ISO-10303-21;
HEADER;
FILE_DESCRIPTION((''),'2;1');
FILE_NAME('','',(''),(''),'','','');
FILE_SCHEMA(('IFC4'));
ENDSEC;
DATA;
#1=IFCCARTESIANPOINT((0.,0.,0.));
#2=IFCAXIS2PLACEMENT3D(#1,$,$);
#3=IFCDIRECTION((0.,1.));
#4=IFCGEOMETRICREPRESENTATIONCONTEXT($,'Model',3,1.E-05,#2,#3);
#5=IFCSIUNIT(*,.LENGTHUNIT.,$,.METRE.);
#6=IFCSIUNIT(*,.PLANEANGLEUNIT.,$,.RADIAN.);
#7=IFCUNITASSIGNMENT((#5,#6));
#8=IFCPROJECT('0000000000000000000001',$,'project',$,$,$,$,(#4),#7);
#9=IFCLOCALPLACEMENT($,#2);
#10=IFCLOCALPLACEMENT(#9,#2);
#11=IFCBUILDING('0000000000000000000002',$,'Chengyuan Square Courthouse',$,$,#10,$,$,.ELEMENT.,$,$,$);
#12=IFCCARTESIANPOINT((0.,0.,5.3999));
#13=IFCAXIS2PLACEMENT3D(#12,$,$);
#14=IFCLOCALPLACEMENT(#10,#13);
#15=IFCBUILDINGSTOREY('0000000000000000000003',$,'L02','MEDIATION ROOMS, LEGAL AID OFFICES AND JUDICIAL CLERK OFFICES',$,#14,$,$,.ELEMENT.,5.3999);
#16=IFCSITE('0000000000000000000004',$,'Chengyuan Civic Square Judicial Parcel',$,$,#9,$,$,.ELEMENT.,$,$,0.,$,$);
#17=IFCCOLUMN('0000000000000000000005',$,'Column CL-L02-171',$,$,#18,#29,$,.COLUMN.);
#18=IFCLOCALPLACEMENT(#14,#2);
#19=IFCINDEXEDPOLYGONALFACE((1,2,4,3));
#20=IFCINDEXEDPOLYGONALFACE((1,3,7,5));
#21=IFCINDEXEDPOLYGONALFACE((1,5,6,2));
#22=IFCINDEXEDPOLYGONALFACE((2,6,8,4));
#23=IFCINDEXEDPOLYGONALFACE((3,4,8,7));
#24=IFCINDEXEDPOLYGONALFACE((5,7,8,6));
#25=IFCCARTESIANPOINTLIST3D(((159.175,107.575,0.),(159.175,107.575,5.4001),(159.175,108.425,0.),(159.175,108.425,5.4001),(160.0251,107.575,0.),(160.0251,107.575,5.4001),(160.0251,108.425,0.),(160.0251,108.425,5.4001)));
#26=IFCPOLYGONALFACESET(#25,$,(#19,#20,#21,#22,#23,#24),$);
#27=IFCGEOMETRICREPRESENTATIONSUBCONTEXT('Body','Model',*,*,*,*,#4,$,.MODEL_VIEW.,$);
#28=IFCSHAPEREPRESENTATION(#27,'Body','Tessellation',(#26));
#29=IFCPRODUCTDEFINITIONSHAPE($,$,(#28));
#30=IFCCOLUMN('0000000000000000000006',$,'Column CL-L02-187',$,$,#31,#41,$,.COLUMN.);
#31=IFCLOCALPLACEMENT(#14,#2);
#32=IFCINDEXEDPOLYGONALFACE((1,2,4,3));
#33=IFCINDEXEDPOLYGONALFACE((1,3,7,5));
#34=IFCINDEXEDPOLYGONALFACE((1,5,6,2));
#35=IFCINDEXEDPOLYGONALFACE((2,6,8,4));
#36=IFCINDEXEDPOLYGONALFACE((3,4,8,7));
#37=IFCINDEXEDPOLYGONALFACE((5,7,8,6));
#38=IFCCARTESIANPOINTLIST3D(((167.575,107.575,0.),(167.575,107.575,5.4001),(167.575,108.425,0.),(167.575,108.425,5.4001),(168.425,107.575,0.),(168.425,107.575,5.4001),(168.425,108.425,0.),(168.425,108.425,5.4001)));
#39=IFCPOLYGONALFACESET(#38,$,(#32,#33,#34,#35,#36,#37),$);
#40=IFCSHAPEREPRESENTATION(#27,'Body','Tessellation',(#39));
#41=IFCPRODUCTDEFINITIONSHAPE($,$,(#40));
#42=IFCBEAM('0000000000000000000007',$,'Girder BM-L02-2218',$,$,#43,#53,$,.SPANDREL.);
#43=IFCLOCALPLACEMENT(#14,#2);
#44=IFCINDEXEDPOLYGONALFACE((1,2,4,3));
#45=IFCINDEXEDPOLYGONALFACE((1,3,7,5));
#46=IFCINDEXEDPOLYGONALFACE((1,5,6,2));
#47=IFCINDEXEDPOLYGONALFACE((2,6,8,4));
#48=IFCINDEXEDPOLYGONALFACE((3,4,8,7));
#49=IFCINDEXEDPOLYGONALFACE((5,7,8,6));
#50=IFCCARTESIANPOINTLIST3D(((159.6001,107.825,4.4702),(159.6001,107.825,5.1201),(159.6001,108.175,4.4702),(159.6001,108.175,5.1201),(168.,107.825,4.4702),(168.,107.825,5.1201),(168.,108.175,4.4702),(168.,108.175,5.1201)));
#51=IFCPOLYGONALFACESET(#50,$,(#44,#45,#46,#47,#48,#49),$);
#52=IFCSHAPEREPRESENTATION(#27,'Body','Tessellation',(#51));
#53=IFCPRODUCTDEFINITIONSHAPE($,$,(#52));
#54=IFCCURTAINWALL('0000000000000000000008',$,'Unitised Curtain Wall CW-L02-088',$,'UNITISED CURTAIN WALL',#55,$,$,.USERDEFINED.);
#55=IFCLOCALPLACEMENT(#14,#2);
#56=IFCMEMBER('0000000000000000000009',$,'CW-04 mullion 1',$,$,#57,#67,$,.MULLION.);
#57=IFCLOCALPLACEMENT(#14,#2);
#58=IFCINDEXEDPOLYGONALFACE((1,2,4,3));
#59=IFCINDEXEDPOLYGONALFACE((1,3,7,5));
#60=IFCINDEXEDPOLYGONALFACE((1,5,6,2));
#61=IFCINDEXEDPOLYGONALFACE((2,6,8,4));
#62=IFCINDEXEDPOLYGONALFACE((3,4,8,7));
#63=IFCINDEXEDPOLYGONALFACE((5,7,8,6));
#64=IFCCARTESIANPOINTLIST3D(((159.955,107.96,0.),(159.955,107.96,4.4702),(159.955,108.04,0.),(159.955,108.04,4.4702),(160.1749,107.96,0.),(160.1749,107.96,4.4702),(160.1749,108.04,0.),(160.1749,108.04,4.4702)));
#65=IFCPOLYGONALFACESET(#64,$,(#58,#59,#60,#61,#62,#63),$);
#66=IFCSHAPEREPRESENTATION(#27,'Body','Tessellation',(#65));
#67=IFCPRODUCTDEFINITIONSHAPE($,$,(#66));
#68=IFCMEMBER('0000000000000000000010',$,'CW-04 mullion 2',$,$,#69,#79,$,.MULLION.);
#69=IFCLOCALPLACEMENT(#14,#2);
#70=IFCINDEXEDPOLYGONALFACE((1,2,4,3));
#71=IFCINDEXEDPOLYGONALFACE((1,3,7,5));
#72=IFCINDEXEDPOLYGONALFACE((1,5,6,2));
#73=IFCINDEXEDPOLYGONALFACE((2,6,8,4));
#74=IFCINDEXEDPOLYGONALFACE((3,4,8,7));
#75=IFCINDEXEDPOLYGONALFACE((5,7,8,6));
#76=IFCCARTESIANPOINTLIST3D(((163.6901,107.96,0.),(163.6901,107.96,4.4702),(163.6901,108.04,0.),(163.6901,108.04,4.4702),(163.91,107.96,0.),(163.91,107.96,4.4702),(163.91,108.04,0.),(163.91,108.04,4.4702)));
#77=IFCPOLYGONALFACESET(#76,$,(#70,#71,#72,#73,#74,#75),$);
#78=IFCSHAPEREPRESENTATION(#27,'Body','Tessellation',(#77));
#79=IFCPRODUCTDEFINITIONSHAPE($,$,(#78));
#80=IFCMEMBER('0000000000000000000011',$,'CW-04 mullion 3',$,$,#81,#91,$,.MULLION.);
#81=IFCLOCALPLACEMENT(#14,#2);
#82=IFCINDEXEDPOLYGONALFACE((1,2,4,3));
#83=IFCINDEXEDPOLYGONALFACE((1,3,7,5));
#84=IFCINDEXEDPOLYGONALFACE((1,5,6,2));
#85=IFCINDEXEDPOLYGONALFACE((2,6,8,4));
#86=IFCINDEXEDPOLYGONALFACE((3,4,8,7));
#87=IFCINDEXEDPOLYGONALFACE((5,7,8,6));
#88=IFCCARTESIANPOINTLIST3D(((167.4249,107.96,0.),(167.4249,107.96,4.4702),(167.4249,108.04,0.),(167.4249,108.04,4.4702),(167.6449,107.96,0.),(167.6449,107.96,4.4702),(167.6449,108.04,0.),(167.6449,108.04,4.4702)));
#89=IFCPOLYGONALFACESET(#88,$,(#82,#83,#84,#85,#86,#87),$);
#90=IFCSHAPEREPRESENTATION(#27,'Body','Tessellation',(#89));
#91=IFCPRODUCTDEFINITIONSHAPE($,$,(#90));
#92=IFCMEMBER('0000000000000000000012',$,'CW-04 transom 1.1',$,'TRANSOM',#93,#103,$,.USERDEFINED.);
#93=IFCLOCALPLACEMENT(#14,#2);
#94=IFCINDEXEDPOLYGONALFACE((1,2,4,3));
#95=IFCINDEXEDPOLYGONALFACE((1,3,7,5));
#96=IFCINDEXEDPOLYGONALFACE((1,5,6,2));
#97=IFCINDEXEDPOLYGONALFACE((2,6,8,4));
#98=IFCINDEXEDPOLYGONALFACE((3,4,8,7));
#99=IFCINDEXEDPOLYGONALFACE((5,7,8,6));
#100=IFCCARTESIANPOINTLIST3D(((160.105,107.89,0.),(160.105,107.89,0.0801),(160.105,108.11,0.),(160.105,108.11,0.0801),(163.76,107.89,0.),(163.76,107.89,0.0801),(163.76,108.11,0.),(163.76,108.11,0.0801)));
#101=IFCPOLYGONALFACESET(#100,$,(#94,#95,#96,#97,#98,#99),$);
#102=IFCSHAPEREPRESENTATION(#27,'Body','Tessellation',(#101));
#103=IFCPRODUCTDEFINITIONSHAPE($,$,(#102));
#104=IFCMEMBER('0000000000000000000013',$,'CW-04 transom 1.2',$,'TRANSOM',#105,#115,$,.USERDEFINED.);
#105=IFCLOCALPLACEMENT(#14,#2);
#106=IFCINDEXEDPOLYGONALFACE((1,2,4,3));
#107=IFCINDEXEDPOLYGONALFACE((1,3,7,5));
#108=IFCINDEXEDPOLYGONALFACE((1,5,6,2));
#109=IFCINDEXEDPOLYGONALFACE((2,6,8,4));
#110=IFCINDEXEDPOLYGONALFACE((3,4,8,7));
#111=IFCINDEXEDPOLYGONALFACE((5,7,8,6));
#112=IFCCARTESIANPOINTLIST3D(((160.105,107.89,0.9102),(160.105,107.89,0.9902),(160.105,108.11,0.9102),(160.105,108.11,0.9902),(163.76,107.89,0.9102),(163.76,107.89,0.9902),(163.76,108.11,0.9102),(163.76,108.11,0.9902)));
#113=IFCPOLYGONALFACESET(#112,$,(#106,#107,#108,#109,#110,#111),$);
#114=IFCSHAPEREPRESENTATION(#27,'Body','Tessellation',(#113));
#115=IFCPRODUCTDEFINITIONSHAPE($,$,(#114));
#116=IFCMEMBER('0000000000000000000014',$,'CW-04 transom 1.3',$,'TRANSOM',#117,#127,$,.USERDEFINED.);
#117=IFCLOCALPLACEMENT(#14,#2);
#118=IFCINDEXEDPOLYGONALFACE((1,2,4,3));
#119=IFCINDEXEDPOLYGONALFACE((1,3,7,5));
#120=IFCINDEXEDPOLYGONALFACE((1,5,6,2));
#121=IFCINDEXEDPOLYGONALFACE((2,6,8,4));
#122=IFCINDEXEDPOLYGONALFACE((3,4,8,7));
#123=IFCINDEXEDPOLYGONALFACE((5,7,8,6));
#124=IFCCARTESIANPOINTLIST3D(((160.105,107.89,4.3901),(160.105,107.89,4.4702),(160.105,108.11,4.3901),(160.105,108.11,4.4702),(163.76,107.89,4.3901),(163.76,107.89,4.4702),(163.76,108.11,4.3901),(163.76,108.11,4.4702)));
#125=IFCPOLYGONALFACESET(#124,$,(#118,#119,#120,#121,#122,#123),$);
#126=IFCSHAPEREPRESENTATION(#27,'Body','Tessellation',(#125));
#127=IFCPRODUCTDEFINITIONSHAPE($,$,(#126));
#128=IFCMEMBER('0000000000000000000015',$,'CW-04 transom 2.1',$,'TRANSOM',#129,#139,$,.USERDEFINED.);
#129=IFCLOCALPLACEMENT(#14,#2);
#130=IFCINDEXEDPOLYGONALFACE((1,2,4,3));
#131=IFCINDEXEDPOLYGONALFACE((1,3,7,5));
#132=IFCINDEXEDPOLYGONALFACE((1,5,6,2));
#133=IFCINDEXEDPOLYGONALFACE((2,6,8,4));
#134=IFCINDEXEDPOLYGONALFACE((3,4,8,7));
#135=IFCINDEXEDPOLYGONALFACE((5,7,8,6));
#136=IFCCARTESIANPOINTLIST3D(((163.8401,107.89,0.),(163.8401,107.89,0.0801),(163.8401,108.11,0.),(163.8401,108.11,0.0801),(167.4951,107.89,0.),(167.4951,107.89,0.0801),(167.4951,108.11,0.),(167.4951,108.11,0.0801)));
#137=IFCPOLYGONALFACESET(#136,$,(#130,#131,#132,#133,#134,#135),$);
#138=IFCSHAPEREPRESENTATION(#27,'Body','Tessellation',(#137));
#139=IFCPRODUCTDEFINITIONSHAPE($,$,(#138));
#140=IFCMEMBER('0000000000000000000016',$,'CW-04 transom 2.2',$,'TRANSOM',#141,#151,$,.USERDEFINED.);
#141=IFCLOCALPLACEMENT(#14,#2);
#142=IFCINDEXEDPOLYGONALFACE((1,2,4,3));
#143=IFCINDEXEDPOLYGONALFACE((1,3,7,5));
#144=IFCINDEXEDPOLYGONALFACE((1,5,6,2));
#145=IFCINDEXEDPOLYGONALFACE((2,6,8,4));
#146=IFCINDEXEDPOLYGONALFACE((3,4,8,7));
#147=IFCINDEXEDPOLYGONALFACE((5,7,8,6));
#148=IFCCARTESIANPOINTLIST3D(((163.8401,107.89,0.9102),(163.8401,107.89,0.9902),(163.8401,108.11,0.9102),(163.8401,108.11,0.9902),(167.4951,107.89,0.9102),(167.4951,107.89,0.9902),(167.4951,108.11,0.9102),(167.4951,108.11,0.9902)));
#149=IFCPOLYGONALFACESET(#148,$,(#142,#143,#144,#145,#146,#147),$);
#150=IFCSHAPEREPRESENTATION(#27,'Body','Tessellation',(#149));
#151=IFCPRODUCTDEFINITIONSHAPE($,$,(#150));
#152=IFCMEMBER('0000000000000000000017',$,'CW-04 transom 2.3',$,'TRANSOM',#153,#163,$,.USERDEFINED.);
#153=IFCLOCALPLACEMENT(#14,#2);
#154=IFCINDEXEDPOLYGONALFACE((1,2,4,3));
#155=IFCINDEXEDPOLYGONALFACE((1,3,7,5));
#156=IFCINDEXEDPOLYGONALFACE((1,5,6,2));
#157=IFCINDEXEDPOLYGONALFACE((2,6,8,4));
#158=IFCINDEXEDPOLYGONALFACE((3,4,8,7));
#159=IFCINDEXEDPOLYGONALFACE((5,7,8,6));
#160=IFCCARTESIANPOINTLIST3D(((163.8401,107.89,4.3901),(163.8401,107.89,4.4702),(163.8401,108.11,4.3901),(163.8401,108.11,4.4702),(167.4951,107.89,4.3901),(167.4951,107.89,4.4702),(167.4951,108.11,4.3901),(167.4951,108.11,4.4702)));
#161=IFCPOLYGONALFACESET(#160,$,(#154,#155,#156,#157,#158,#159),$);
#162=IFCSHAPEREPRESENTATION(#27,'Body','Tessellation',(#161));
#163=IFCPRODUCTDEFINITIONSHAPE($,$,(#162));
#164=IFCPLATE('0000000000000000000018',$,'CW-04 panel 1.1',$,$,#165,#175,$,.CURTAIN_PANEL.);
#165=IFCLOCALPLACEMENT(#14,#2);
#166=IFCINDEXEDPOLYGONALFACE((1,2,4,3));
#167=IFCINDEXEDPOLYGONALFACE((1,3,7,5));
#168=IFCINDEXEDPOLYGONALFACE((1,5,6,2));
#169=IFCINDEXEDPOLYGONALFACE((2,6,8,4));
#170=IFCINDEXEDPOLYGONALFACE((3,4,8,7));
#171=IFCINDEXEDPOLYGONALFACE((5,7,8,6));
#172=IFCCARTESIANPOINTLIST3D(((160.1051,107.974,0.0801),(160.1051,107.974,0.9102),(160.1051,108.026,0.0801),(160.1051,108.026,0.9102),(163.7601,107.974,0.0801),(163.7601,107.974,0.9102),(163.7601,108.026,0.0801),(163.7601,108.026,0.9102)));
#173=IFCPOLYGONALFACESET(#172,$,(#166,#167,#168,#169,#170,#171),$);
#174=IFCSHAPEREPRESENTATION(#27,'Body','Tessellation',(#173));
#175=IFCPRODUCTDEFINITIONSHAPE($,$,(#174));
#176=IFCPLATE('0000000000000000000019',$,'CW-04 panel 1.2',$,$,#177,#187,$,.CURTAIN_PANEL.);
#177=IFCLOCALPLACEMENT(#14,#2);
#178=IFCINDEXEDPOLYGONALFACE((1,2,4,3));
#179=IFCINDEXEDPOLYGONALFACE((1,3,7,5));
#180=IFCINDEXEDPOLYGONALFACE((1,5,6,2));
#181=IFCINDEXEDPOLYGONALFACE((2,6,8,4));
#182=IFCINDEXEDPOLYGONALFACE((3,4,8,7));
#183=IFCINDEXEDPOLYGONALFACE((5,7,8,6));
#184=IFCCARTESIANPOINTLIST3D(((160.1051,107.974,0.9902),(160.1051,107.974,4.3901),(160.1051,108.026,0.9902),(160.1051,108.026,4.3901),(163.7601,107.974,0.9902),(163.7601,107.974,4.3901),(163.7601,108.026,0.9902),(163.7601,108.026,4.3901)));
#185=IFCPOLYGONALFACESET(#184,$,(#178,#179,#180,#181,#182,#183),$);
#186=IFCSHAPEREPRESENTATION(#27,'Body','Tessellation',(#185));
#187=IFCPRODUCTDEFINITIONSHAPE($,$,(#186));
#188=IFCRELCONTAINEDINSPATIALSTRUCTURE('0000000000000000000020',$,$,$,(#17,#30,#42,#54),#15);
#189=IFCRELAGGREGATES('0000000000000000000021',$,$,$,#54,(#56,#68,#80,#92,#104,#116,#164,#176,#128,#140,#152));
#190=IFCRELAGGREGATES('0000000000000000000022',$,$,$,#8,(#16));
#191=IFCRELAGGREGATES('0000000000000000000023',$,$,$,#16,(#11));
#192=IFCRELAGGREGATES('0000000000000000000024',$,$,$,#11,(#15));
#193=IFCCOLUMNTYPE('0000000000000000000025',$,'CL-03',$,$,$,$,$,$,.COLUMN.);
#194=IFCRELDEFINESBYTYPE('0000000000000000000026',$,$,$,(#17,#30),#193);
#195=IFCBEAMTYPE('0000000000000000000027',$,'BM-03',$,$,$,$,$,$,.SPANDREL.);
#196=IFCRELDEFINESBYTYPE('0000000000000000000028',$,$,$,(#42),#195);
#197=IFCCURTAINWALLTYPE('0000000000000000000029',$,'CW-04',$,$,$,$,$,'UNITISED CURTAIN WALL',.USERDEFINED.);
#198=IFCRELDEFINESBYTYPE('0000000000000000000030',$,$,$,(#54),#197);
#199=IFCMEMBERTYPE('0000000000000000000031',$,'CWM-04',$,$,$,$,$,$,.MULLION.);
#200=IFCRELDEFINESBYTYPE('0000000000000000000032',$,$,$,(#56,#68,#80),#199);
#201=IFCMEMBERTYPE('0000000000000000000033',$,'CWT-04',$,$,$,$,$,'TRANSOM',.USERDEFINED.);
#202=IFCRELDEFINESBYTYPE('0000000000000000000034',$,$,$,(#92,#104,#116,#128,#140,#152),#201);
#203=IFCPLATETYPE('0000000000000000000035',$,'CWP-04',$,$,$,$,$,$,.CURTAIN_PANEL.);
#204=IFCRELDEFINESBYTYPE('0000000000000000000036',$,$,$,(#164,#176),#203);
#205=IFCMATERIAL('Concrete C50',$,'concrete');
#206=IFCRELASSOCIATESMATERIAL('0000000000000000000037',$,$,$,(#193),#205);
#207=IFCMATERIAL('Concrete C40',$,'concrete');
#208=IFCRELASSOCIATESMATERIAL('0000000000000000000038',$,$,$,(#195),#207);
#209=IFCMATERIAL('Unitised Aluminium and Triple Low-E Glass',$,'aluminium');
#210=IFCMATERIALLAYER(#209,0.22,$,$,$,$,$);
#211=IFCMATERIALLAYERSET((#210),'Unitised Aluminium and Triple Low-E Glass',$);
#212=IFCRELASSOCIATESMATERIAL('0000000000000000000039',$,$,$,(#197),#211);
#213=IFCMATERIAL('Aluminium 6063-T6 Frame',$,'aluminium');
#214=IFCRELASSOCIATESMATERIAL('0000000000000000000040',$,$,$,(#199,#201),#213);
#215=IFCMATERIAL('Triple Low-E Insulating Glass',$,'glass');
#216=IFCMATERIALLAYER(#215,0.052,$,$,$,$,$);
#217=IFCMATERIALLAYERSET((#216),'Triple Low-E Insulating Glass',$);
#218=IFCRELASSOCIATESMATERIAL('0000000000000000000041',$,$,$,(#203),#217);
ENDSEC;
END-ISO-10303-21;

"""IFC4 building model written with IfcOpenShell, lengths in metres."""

from ifc_helpers import new_model, si_unit, direction, frame, origin, origin_2d, place, context, subcontext, project, spatial, rectangle, extrude, material, layer, layer_set, material_profile, profile_set, type_object, element, aggregate, save


model = new_model("IFC4")

# Units and contexts
model_context = context("Model", 3, precision=1e-05, world=origin(), true_north=direction((0.0, 1.0)))
body_context = subcontext(model_context, "Body", "Model", "MODEL_VIEW")
ifc_project = project(units=[si_unit("LENGTHUNIT", "METRE"), si_unit("PLANEANGLEUNIT", "RADIAN")], contexts=[model_context])

# Site, building, storey
site_placement = place(None, origin())
site = spatial("IfcSite", under=ifc_project, at=site_placement, Name="Chengyuan Civic Square Judicial Parcel", CompositionType="ELEMENT", RefElevation=0.0)
building_placement = place(site_placement, origin())
building = spatial("IfcBuilding", under=site, at=building_placement, Name="Chengyuan Square Courthouse", CompositionType="ELEMENT")
storey_placement = place(building_placement, frame((0.0, 0.0, 5.3999)))
storey = spatial("IfcBuildingStorey", under=building, at=storey_placement, Name="L02", Description="MEDIATION ROOMS, LEGAL AID OFFICES AND JUDICIAL CLERK OFFICES", CompositionType="ELEMENT", Elevation=5.3999)

# Columns
ifc_material_1 = material(Name="Concrete C50", Category="concrete")
ifc_material_profile_1 = material_profile(ifc_material_1, rectangle(XDim=0.8501, YDim=0.8501, at=origin_2d()), Name="RC-COL-850x850")
ifc_profile_set_1 = profile_set([ifc_material_profile_1], Name="Concrete C50")
column_type = type_object("IfcColumnType", Name="CL-03", PredefinedType="COLUMN", material=ifc_profile_set_1)
for number, where, z_axis, x_axis, name in (
    (1, (159.6001, 108.0, 0.0), (0.0, 0.0, 1.0), (1.0, 0.0, 0.0), "Column CL-L02-171"),
    (2, (168.0, 108.0, 0.0), (0.0, 0.0, 1.0), (1.0, 0.0, 0.0), "Column CL-L02-187"),
):
    element("IfcColumn", number, at=place(storey_placement, frame(where, z_axis=z_axis, x_axis=x_axis)), inside=storey, type_object=column_type, Name=name, PredefinedType="COLUMN", context=body_context, shape_type="SweptSolid", body=[
        extrude(rectangle(XDim=0.8501, YDim=0.8501, at=origin_2d()), origin(), (0.0, 0.0, 1.0), 5.4001),
    ])

# Beam
ifc_material_2 = material(Name="Concrete C40", Category="concrete")
ifc_material_profile_2 = material_profile(ifc_material_2, rectangle(XDim=0.3501, YDim=0.6499, at=origin_2d()), Name="RC-BM-350x650")
ifc_profile_set_2 = profile_set([ifc_material_profile_2], Name="Concrete C40")
beam_type = type_object("IfcBeamType", Name="BM-03", PredefinedType="SPANDREL", material=ifc_profile_set_2)
beam_placement = place(storey_placement, frame((159.6001, 108.0, 4.7952), z_axis=(1.0, 0.0, 0.0), x_axis=(0.0, 1.0, 0.0)))
element("IfcBeam", 3, at=beam_placement, inside=storey, type_object=beam_type, Name="Girder BM-L02-2218", PredefinedType="SPANDREL", context=body_context, shape_type="SweptSolid", body=[
    extrude(rectangle(XDim=0.3501, YDim=0.6499, at=origin_2d()), origin(), (0.0, 0.0, 1.0), 8.3999),
])

# Curtain wall, members, plates
ifc_material_3 = material(Name="Unitised Aluminium and Triple Low-E Glass", Category="aluminium")
ifc_layer_1 = layer(ifc_material_3, 0.22)
ifc_layer_set_1 = layer_set([ifc_layer_1], Name="Unitised Aluminium and Triple Low-E Glass")
curtain_wall_type = type_object("IfcCurtainWallType", Name="CW-04", ElementType="UNITISED CURTAIN WALL", PredefinedType="USERDEFINED", material=ifc_layer_set_1)
curtain_wall_placement = place(storey_placement, origin())
curtain_wall = element("IfcCurtainWall", 4, at=curtain_wall_placement, inside=storey, type_object=curtain_wall_type, Name="Unitised Curtain Wall CW-L02-088", ObjectType="UNITISED CURTAIN WALL", PredefinedType="USERDEFINED")
ifc_material_4 = material(Name="Aluminium 6063-T6 Frame", Category="aluminium")
ifc_material_profile_3 = material_profile(ifc_material_4, rectangle(XDim=0.0801, YDim=0.22, at=origin_2d()), Name="CW-MUL-80x220")
ifc_profile_set_3 = profile_set([ifc_material_profile_3], Name="Aluminium 6063-T6 Frame")
member_type_1 = type_object("IfcMemberType", Name="CWM-04", PredefinedType="MULLION", material=ifc_profile_set_3)
member_1_placement = place(storey_placement, frame((160.0649, 108.0, 0.0), z_axis=(0.0, 0.0, 1.0), x_axis=(0.0, 1.0, 0.0)))
member_1 = element("IfcMember", 5, at=member_1_placement, type_object=member_type_1, Name="CW-04 mullion 1", PredefinedType="MULLION", context=body_context, shape_type="SweptSolid", body=[
    extrude(rectangle(XDim=0.0801, YDim=0.22, at=origin_2d()), origin(), (0.0, 0.0, 1.0), 4.4702),
])
member_2_placement = place(storey_placement, frame((163.8, 108.0, 0.0), z_axis=(0.0, 0.0, 1.0), x_axis=(0.0, 1.0, 0.0)))
member_2 = element("IfcMember", 6, at=member_2_placement, type_object=member_type_1, Name="CW-04 mullion 2", PredefinedType="MULLION", context=body_context, shape_type="SweptSolid", body=[
    extrude(rectangle(XDim=0.0801, YDim=0.22, at=origin_2d()), origin(), (0.0, 0.0, 1.0), 4.4702),
])
member_3_placement = place(storey_placement, frame((167.5349, 108.0, 0.0), z_axis=(0.0, 0.0, 1.0), x_axis=(0.0, 1.0, 0.0)))
member_3 = element("IfcMember", 7, at=member_3_placement, type_object=member_type_1, Name="CW-04 mullion 3", PredefinedType="MULLION", context=body_context, shape_type="SweptSolid", body=[
    extrude(rectangle(XDim=0.0801, YDim=0.22, at=origin_2d()), origin(), (0.0, 0.0, 1.0), 4.4702),
])
ifc_material_profile_4 = material_profile(ifc_material_4, rectangle(XDim=0.22, YDim=0.0801, at=origin_2d()), Name="CW-TRN-80x180")
ifc_profile_set_4 = profile_set([ifc_material_profile_4], Name="Aluminium 6063-T6 Frame")
member_type_2 = type_object("IfcMemberType", Name="CWT-04", ElementType="TRANSOM", PredefinedType="USERDEFINED", material=ifc_profile_set_4)
member_4_placement = place(storey_placement, frame((160.105, 108.0, 0.04), z_axis=(1.0, 0.0, 0.0), x_axis=(0.0, 1.0, 0.0)))
member_4 = element("IfcMember", 8, at=member_4_placement, type_object=member_type_2, Name="CW-04 transom 1.1", ObjectType="TRANSOM", PredefinedType="USERDEFINED", context=body_context, shape_type="SweptSolid", body=[
    extrude(rectangle(XDim=0.22, YDim=0.0801, at=origin_2d()), origin(), (0.0, 0.0, 1.0), 3.655),
])
member_5_placement = place(storey_placement, frame((160.105, 108.0, 0.9502), z_axis=(1.0, 0.0, 0.0), x_axis=(0.0, 1.0, 0.0)))
member_5 = element("IfcMember", 9, at=member_5_placement, type_object=member_type_2, Name="CW-04 transom 1.2", ObjectType="TRANSOM", PredefinedType="USERDEFINED", context=body_context, shape_type="SweptSolid", body=[
    extrude(rectangle(XDim=0.22, YDim=0.0801, at=origin_2d()), origin(), (0.0, 0.0, 1.0), 3.655),
])
member_6_placement = place(storey_placement, frame((160.105, 108.0, 4.4302), z_axis=(1.0, 0.0, 0.0), x_axis=(0.0, 1.0, 0.0)))
member_6 = element("IfcMember", 10, at=member_6_placement, type_object=member_type_2, Name="CW-04 transom 1.3", ObjectType="TRANSOM", PredefinedType="USERDEFINED", context=body_context, shape_type="SweptSolid", body=[
    extrude(rectangle(XDim=0.22, YDim=0.0801, at=origin_2d()), origin(), (0.0, 0.0, 1.0), 3.655),
])
member_7_placement = place(storey_placement, frame((163.8401, 108.0, 0.04), z_axis=(1.0, 0.0, 0.0), x_axis=(0.0, 1.0, 0.0)))
member_7 = element("IfcMember", 11, at=member_7_placement, type_object=member_type_2, Name="CW-04 transom 2.1", ObjectType="TRANSOM", PredefinedType="USERDEFINED", context=body_context, shape_type="SweptSolid", body=[
    extrude(rectangle(XDim=0.22, YDim=0.0801, at=origin_2d()), origin(), (0.0, 0.0, 1.0), 3.655),
])
member_8_placement = place(storey_placement, frame((163.8401, 108.0, 0.9502), z_axis=(1.0, 0.0, 0.0), x_axis=(0.0, 1.0, 0.0)))
member_8 = element("IfcMember", 12, at=member_8_placement, type_object=member_type_2, Name="CW-04 transom 2.2", ObjectType="TRANSOM", PredefinedType="USERDEFINED", context=body_context, shape_type="SweptSolid", body=[
    extrude(rectangle(XDim=0.22, YDim=0.0801, at=origin_2d()), origin(), (0.0, 0.0, 1.0), 3.655),
])
member_9_placement = place(storey_placement, frame((163.8401, 108.0, 4.4302), z_axis=(1.0, 0.0, 0.0), x_axis=(0.0, 1.0, 0.0)))
member_9 = element("IfcMember", 13, at=member_9_placement, type_object=member_type_2, Name="CW-04 transom 2.3", ObjectType="TRANSOM", PredefinedType="USERDEFINED", context=body_context, shape_type="SweptSolid", body=[
    extrude(rectangle(XDim=0.22, YDim=0.0801, at=origin_2d()), origin(), (0.0, 0.0, 1.0), 3.655),
])
ifc_material_5 = material(Name="Triple Low-E Insulating Glass", Category="glass")
ifc_layer_2 = layer(ifc_material_5, 0.052)
ifc_layer_set_2 = layer_set([ifc_layer_2], Name="Triple Low-E Insulating Glass")
plate_type = type_object("IfcPlateType", Name="CWP-04", PredefinedType="CURTAIN_PANEL", material=ifc_layer_set_2)
plate_1_placement = place(storey_placement, frame((161.9326, 108.0, 0.0801), z_axis=(0.0, 0.0, 1.0), x_axis=(1.0, 0.0, 0.0)))
plate_1 = element("IfcPlate", 14, at=plate_1_placement, type_object=plate_type, Name="CW-04 panel 1.1", PredefinedType="CURTAIN_PANEL", context=body_context, shape_type="SweptSolid", body=[
    extrude(rectangle(XDim=3.655, YDim=0.052, at=origin_2d()), origin(), (0.0, 0.0, 1.0), 0.8301),
])
plate_2_placement = place(storey_placement, frame((161.9326, 108.0, 0.9902), z_axis=(0.0, 0.0, 1.0), x_axis=(1.0, 0.0, 0.0)))
plate_2 = element("IfcPlate", 15, at=plate_2_placement, type_object=plate_type, Name="CW-04 panel 1.2", PredefinedType="CURTAIN_PANEL", context=body_context, shape_type="SweptSolid", body=[
    extrude(rectangle(XDim=3.655, YDim=0.052, at=origin_2d()), origin(), (0.0, 0.0, 1.0), 3.3999),
])
aggregate(curtain_wall, [member_1, member_2, member_3, member_4, member_5, member_6, plate_1, plate_2, member_7, member_8, member_9])

save(model, "model.ifc")
